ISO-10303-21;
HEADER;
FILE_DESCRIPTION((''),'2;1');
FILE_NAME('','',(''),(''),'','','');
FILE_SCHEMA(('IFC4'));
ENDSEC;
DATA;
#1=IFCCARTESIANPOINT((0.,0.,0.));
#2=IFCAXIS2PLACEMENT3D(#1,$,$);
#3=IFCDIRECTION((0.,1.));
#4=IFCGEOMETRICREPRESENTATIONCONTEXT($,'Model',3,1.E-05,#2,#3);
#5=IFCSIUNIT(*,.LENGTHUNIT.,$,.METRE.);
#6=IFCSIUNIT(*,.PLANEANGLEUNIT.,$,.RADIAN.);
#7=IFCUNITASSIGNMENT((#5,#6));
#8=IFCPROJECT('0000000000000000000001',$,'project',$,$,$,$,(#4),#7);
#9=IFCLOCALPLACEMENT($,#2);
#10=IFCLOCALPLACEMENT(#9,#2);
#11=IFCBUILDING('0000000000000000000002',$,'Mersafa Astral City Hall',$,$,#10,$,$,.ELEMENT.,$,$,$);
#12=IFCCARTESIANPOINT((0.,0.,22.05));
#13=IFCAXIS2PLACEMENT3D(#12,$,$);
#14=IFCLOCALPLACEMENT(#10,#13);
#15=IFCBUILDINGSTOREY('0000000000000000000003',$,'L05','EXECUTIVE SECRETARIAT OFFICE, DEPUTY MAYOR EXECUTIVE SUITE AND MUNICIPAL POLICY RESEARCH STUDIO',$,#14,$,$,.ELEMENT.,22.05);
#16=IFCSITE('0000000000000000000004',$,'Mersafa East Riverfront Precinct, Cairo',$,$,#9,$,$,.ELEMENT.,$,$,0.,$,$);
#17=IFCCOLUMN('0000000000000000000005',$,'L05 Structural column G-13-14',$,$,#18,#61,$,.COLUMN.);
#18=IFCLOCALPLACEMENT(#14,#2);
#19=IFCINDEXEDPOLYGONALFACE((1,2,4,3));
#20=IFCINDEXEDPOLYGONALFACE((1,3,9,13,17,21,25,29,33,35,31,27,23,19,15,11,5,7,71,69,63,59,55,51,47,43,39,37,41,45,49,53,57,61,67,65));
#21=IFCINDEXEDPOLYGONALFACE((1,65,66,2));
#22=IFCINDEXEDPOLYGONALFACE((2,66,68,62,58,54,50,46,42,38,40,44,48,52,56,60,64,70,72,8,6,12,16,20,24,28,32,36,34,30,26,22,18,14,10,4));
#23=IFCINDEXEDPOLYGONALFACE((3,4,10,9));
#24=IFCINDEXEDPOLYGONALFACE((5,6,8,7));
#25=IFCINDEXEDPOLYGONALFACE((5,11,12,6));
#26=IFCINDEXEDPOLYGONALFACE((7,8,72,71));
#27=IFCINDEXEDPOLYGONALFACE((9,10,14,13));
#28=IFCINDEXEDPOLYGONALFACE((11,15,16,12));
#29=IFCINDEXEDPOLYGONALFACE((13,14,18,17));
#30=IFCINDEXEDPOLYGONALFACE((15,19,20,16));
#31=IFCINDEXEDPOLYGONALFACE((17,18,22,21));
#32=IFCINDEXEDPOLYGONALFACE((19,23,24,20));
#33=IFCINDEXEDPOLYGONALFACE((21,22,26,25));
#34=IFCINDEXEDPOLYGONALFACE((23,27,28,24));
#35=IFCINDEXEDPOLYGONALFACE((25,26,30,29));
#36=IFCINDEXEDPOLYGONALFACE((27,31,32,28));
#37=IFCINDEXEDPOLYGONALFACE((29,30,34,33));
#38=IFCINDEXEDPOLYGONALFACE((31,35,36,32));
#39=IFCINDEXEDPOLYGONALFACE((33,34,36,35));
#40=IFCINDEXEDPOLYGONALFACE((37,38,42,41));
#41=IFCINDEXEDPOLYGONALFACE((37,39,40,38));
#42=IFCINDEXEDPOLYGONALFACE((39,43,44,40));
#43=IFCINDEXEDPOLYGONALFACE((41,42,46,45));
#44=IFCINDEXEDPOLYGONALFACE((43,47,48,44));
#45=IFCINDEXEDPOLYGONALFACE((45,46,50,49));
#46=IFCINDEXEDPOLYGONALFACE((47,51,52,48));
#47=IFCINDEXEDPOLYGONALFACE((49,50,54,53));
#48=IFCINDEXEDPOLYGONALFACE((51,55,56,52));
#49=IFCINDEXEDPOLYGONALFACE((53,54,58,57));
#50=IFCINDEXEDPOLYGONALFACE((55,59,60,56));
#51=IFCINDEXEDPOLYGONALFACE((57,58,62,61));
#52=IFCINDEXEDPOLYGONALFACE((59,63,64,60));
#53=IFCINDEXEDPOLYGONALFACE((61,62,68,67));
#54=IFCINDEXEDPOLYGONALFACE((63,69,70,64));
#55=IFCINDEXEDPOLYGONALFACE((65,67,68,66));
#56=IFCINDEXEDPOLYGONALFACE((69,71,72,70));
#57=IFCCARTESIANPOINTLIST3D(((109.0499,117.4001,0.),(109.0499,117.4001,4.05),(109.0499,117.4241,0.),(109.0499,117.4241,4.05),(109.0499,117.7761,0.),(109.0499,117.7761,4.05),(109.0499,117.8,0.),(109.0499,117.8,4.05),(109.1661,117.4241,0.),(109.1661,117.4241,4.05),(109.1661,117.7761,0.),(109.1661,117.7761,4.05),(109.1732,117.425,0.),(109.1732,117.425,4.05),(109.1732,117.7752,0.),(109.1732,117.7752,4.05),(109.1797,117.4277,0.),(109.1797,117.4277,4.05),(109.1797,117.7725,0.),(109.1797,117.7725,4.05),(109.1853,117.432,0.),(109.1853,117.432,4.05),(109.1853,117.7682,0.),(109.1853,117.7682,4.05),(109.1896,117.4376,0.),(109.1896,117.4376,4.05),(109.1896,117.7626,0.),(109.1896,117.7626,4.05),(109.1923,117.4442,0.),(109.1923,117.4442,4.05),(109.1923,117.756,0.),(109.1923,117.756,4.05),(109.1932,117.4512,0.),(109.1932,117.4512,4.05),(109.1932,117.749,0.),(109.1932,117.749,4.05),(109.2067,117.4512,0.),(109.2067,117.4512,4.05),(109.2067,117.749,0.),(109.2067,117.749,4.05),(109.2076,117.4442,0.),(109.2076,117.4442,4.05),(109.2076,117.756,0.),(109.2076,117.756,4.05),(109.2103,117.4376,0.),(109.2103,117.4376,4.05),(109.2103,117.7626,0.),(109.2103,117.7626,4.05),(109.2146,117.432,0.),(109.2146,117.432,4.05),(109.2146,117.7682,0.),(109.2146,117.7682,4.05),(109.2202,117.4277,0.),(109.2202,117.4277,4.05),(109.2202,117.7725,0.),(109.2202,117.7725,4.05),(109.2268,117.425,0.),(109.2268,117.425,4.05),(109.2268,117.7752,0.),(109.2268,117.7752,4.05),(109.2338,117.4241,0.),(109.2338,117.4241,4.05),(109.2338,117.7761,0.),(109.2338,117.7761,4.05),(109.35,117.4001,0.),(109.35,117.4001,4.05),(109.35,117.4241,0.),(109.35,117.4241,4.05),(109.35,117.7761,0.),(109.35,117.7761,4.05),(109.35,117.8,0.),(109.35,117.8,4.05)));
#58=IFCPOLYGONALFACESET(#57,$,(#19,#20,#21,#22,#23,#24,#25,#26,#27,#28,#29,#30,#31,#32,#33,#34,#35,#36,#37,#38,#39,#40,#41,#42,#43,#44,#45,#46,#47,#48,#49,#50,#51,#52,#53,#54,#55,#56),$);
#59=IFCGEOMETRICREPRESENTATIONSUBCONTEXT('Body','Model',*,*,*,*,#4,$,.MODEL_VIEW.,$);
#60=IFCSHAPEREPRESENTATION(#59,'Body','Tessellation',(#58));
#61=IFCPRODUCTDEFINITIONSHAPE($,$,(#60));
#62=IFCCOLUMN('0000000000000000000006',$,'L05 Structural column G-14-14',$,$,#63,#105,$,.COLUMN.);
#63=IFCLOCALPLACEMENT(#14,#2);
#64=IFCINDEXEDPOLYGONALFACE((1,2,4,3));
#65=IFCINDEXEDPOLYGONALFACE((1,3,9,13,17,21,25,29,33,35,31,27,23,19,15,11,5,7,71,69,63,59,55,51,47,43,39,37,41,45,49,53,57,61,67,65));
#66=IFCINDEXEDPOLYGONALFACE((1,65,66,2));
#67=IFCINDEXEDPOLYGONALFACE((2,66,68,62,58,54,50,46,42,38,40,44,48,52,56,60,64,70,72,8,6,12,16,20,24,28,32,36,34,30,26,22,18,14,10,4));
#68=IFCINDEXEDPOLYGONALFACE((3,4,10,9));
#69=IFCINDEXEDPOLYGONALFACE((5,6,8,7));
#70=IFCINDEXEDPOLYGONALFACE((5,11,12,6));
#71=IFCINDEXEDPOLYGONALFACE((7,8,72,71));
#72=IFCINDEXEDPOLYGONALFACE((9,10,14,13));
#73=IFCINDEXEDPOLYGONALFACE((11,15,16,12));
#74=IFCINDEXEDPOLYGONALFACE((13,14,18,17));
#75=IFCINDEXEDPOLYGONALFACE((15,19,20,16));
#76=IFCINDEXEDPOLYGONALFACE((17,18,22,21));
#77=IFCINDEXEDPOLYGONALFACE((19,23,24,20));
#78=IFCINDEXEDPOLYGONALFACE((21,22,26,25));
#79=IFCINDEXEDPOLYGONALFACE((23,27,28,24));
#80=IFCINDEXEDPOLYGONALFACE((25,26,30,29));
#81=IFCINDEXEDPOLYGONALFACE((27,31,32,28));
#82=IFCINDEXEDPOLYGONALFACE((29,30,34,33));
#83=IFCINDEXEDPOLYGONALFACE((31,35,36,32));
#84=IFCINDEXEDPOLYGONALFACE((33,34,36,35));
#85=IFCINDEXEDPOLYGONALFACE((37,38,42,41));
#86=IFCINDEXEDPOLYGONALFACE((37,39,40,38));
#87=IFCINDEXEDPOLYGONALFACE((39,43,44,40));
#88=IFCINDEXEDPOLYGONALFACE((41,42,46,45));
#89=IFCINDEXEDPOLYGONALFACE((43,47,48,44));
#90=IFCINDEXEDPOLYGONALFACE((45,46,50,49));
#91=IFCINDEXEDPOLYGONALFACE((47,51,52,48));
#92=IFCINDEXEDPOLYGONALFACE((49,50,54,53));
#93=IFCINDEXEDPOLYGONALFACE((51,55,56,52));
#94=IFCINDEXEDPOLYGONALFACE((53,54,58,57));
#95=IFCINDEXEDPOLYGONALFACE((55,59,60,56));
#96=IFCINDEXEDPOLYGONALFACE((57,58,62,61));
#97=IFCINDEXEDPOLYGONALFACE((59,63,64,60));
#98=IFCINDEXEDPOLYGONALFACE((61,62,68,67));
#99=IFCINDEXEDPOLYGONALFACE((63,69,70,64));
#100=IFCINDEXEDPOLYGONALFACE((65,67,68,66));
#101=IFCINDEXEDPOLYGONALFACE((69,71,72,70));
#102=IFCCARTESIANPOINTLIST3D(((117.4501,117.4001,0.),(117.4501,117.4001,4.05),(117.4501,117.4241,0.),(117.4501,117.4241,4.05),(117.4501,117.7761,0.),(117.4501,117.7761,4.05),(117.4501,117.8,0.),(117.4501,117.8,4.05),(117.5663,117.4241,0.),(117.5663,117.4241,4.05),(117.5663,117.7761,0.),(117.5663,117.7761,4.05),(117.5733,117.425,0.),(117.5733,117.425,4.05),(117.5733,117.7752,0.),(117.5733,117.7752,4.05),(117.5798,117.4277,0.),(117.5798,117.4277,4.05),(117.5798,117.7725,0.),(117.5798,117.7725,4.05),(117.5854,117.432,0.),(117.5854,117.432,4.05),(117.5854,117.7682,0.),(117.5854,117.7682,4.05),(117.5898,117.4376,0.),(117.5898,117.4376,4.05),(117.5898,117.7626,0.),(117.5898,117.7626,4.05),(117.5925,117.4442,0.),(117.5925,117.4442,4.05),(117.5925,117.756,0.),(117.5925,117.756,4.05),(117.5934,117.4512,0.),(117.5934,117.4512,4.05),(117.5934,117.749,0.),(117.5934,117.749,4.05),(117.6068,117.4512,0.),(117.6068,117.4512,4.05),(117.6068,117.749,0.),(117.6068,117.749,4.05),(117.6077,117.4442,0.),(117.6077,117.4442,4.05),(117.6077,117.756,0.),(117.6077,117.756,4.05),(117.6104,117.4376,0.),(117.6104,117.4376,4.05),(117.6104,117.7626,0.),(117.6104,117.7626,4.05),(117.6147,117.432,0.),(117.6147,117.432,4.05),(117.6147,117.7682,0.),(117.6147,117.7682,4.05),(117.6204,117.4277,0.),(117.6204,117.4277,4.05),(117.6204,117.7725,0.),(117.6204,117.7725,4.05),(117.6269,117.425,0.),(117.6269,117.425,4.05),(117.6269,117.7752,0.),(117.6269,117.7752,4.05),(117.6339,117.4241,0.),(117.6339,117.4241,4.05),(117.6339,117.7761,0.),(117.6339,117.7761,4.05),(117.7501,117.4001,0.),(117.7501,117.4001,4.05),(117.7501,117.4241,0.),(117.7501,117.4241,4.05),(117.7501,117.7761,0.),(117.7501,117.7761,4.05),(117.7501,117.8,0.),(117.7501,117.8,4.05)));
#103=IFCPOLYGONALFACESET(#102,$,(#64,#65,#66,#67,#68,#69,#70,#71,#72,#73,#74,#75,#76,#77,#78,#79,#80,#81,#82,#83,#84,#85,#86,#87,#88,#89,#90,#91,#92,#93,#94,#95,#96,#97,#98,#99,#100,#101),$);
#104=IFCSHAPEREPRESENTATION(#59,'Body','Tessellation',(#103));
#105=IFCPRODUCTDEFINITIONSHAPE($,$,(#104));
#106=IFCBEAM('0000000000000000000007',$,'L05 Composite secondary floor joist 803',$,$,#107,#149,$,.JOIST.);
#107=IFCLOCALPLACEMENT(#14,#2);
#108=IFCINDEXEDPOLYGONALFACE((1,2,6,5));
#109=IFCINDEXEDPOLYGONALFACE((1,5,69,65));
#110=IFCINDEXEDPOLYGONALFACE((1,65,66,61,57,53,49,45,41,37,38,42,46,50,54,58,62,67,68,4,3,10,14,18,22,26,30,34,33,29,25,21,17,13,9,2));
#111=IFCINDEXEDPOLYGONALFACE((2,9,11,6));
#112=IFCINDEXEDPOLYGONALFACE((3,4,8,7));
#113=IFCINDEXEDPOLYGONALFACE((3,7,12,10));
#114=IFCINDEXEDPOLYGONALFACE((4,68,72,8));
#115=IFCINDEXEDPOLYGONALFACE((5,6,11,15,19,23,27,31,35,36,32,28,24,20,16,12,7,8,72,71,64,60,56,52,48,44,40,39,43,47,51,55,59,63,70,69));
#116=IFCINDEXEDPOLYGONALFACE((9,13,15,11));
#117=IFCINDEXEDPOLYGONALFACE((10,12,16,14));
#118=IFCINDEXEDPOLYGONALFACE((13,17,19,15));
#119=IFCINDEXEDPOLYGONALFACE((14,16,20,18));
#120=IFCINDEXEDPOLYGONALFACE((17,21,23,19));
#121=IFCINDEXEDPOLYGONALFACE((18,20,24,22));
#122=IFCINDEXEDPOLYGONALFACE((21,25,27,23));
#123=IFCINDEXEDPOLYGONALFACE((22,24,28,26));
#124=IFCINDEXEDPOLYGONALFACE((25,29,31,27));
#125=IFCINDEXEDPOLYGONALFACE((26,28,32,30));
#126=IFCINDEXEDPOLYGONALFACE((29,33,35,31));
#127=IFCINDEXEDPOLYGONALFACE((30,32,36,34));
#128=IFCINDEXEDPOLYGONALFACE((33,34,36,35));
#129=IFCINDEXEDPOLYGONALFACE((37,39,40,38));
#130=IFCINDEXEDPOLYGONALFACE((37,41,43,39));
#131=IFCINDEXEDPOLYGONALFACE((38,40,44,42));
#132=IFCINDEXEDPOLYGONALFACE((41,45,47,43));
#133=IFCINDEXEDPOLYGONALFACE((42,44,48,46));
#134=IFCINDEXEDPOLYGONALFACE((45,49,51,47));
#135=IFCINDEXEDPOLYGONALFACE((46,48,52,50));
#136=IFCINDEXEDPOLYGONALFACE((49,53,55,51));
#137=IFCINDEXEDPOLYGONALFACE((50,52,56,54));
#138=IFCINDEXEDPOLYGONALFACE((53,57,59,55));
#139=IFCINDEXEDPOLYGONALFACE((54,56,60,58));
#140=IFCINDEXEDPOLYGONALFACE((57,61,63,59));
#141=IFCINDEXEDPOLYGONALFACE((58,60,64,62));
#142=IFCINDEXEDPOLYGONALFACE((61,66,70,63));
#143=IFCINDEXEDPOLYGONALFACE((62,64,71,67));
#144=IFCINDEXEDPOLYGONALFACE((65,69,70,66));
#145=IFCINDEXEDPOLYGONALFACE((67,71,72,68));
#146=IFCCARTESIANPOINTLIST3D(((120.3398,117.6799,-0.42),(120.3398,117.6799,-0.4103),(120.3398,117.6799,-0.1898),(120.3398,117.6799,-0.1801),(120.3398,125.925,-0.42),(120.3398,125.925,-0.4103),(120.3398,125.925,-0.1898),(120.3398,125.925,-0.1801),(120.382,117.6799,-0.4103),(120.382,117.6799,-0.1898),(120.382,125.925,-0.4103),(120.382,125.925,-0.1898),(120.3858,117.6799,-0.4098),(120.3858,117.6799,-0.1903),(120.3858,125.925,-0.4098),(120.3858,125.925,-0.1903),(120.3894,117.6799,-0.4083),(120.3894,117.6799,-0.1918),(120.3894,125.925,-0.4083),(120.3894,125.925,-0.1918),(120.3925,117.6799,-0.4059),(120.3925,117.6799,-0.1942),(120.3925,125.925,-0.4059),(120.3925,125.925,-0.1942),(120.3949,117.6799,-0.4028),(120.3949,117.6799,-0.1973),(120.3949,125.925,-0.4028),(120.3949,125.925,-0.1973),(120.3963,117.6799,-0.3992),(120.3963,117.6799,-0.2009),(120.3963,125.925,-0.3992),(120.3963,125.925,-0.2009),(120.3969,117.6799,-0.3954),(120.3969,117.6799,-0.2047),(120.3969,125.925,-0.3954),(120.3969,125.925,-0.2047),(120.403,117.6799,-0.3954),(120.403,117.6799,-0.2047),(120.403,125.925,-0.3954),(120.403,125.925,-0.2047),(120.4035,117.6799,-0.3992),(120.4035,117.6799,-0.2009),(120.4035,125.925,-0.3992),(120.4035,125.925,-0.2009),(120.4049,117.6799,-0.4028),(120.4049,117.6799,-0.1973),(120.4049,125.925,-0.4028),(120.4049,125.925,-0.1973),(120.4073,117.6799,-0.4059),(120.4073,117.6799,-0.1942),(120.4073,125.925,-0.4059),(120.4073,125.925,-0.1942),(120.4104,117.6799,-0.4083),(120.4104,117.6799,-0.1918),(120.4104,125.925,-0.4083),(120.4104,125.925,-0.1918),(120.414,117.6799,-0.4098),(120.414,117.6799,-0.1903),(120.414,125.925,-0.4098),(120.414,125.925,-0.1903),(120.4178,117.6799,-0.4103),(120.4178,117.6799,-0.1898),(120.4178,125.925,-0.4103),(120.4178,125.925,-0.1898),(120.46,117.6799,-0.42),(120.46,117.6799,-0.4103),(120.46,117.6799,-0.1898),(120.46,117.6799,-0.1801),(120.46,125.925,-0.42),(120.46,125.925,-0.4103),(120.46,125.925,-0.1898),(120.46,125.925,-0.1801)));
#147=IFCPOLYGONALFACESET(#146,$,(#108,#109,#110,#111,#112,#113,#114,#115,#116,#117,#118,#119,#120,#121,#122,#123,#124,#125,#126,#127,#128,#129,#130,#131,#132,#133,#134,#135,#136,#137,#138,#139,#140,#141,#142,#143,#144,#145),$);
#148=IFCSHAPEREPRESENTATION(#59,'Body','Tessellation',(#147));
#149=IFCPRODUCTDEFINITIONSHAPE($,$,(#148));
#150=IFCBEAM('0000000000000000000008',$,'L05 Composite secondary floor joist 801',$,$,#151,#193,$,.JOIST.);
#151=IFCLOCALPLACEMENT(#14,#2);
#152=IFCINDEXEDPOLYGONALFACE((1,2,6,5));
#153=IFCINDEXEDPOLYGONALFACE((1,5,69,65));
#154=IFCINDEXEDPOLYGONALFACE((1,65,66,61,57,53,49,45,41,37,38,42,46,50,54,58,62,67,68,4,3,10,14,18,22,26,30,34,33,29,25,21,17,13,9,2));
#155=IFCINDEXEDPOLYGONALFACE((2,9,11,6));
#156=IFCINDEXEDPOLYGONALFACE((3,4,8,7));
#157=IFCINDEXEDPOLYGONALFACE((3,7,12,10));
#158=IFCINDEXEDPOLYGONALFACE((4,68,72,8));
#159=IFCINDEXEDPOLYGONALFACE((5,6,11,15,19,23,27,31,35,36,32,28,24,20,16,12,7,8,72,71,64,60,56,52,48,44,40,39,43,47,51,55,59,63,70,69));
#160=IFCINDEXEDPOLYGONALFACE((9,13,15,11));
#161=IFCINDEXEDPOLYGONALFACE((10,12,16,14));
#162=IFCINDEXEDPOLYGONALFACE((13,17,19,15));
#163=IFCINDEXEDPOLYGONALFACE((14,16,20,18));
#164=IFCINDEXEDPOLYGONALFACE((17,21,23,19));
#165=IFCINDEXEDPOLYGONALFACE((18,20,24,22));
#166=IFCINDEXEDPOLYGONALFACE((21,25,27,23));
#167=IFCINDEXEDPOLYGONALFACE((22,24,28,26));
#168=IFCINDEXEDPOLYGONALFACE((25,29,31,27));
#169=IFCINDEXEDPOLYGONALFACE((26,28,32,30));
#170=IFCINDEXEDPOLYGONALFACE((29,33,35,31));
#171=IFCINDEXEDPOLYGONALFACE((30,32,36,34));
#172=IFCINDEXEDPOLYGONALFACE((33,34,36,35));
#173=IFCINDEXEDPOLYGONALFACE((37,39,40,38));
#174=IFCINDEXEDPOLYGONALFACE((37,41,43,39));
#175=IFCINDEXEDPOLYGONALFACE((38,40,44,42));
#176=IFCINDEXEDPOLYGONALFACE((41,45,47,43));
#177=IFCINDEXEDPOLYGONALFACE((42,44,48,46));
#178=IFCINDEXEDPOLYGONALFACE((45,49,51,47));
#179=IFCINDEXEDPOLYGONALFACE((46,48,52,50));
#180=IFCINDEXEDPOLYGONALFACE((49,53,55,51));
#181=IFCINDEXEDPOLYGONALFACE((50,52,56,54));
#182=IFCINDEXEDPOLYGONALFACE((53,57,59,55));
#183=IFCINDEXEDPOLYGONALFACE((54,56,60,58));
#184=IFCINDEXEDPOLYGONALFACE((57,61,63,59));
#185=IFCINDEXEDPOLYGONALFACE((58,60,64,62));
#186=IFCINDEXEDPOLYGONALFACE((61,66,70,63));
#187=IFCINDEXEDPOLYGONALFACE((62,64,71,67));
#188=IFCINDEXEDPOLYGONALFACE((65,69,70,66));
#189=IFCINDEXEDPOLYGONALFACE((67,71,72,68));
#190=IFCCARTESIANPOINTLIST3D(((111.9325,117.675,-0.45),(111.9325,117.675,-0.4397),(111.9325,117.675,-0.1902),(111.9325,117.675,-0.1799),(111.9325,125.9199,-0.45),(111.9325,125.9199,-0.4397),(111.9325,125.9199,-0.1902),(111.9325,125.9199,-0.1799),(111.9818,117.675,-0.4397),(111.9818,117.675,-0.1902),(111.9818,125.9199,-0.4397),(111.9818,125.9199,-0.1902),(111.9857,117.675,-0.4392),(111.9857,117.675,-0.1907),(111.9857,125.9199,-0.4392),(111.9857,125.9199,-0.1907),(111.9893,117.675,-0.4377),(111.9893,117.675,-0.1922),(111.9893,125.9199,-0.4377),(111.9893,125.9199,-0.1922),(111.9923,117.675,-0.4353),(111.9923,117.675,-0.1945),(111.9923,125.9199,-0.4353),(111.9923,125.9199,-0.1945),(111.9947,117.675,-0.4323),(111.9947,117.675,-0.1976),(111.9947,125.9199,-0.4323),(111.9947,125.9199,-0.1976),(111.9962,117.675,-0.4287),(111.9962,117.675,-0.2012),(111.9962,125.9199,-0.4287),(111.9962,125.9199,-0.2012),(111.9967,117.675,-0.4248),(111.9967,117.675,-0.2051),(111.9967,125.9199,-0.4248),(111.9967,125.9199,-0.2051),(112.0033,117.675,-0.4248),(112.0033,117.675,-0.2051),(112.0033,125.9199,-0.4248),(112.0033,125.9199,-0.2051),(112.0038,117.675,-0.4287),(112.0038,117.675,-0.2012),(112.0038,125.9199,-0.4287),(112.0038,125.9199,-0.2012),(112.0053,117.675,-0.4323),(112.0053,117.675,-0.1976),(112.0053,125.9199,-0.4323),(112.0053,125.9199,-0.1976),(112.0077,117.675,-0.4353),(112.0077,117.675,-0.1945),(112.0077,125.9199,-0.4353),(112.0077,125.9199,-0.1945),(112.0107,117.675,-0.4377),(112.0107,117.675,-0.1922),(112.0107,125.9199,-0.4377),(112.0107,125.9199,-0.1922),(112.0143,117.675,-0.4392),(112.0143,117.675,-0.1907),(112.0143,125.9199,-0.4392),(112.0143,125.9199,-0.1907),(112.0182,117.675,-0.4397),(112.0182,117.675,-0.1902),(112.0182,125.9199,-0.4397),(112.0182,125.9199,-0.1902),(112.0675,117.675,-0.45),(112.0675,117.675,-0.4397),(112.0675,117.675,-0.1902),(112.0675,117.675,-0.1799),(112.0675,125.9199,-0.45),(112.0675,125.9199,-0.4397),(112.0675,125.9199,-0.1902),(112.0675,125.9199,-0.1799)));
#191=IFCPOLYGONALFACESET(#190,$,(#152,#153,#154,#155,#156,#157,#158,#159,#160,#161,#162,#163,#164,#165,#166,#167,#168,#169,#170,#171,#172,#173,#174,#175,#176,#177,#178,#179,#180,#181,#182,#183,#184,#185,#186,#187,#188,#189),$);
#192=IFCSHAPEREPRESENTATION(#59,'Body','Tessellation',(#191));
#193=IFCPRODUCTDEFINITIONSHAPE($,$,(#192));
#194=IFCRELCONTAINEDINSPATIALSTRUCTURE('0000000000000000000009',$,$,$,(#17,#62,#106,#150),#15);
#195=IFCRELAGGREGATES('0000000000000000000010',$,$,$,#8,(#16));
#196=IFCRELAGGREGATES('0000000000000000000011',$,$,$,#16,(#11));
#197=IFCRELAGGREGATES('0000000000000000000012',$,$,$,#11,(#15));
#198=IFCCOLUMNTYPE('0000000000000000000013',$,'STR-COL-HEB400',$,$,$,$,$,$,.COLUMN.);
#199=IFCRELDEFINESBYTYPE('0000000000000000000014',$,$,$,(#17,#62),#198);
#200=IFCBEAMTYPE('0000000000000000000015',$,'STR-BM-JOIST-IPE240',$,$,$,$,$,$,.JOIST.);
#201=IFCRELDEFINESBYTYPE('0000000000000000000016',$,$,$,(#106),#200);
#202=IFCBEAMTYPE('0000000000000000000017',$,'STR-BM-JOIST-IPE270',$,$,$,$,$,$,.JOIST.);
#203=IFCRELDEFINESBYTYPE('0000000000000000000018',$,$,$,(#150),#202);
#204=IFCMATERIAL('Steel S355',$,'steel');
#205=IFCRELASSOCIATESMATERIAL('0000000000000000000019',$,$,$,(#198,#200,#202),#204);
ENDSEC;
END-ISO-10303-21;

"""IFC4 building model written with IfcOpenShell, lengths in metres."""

from ifc_helpers import new_model, si_unit, direction, frame, origin, origin_2d, place, context, subcontext, project, spatial, i_section, extrude, material, material_profile, profile_set, type_object, element, save


model = new_model("IFC4")

# Units and contexts
model_context = context("Model", 3, precision=1e-05, world=origin(), true_north=direction((0.0, 1.0)))
body_context = subcontext(model_context, "Body", "Model", "MODEL_VIEW")
ifc_project = project(units=[si_unit("LENGTHUNIT", "METRE"), si_unit("PLANEANGLEUNIT", "RADIAN")], contexts=[model_context])

# Site, building, storey
site_placement = place(None, origin())
site = spatial("IfcSite", under=ifc_project, at=site_placement, Name="Mersafa East Riverfront Precinct, Cairo", CompositionType="ELEMENT", RefElevation=0.0)
building_placement = place(site_placement, origin())
building = spatial("IfcBuilding", under=site, at=building_placement, Name="Mersafa Astral City Hall", CompositionType="ELEMENT")
storey_placement = place(building_placement, frame((0.0, 0.0, 22.05)))
storey = spatial("IfcBuildingStorey", under=building, at=storey_placement, Name="L05", Description="EXECUTIVE SECRETARIAT OFFICE, DEPUTY MAYOR EXECUTIVE SUITE AND MUNICIPAL POLICY RESEARCH STUDIO", CompositionType="ELEMENT", Elevation=22.05)

# Columns
ifc_material_1 = material(Name="Steel S355", Category="steel")
ifc_material_profile_1 = material_profile(ifc_material_1, i_section(OverallWidth=0.3, OverallDepth=0.3999, WebThickness=0.0134, FlangeThickness=0.0239, FilletRadius=0.0271, at=origin_2d()), Name="HEB 400")
ifc_profile_set_1 = profile_set([ifc_material_profile_1], Name="Steel S355")
column_type = type_object("IfcColumnType", Name="STR-COL-HEB400", PredefinedType="COLUMN", material=ifc_profile_set_1)
for number, where, z_axis, x_axis, name in (
    (1, (109.2, 117.6001, 0.0), (0.0, 0.0, 1.0), (1.0, 0.0, 0.0), "L05 Structural column G-13-14"),
    (2, (117.6001, 117.6001, 0.0), (0.0, 0.0, 1.0), (1.0, 0.0, 0.0), "L05 Structural column G-14-14"),
):
    element("IfcColumn", number, at=place(storey_placement, frame(where, z_axis=z_axis, x_axis=x_axis)), inside=storey, type_object=column_type, Name=name, PredefinedType="COLUMN", context=body_context, shape_type="SweptSolid", body=[
        extrude(i_section(OverallWidth=0.3, OverallDepth=0.3999, WebThickness=0.0134, FlangeThickness=0.0239, FilletRadius=0.0271, at=origin_2d()), origin(), (0.0, 0.0, 1.0), 4.05),
    ])

# Beams
ifc_material_profile_2 = material_profile(ifc_material_1, i_section(OverallWidth=0.1201, OverallDepth=0.24, WebThickness=0.0061, FlangeThickness=0.0098, FilletRadius=0.0149, at=origin_2d()), Name="IPE 240")
ifc_profile_set_2 = profile_set([ifc_material_profile_2], Name="Steel S355")
beam_type_1 = type_object("IfcBeamType", Name="STR-BM-JOIST-IPE240", PredefinedType="JOIST", material=ifc_profile_set_2)
beam_1_placement = place(storey_placement, frame((120.3999, 117.6799, -0.3), z_axis=(0.0, 1.0, 0.0), x_axis=(-1.0, 0.0, 0.0)))
element("IfcBeam", 3, at=beam_1_placement, inside=storey, type_object=beam_type_1, Name="L05 Composite secondary floor joist 803", PredefinedType="JOIST", context=body_context, shape_type="SweptSolid", body=[
    extrude(i_section(OverallWidth=0.1201, OverallDepth=0.24, WebThickness=0.0061, FlangeThickness=0.0098, FilletRadius=0.0149, at=origin_2d()), origin(), (0.0, 0.0, 1.0), 8.2451),
])
ifc_material_profile_3 = material_profile(ifc_material_1, i_section(OverallWidth=0.135, OverallDepth=0.27, WebThickness=0.0066, FlangeThickness=0.0103, FilletRadius=0.0149, at=origin_2d()), Name="IPE 270")
ifc_profile_set_3 = profile_set([ifc_material_profile_3], Name="Steel S355")
beam_type_2 = type_object("IfcBeamType", Name="STR-BM-JOIST-IPE270", PredefinedType="JOIST", material=ifc_profile_set_3)
for number, where, z_axis, x_axis, name in (
    (4, (112.0, 117.675, -0.3149), (0.0, 1.0, 0.0), (-1.0, 0.0, 0.0), "L05 Composite secondary floor joist 801"),
):
    element("IfcBeam", number, at=place(storey_placement, frame(where, z_axis=z_axis, x_axis=x_axis)), inside=storey, type_object=beam_type_2, Name=name, PredefinedType="JOIST", context=body_context, shape_type="SweptSolid", body=[
        extrude(i_section(OverallWidth=0.135, OverallDepth=0.27, WebThickness=0.0066, FlangeThickness=0.0103, FilletRadius=0.0149, at=origin_2d()), origin(), (0.0, 0.0, 1.0), 8.2449),
    ])

save(model, "model.ifc")
